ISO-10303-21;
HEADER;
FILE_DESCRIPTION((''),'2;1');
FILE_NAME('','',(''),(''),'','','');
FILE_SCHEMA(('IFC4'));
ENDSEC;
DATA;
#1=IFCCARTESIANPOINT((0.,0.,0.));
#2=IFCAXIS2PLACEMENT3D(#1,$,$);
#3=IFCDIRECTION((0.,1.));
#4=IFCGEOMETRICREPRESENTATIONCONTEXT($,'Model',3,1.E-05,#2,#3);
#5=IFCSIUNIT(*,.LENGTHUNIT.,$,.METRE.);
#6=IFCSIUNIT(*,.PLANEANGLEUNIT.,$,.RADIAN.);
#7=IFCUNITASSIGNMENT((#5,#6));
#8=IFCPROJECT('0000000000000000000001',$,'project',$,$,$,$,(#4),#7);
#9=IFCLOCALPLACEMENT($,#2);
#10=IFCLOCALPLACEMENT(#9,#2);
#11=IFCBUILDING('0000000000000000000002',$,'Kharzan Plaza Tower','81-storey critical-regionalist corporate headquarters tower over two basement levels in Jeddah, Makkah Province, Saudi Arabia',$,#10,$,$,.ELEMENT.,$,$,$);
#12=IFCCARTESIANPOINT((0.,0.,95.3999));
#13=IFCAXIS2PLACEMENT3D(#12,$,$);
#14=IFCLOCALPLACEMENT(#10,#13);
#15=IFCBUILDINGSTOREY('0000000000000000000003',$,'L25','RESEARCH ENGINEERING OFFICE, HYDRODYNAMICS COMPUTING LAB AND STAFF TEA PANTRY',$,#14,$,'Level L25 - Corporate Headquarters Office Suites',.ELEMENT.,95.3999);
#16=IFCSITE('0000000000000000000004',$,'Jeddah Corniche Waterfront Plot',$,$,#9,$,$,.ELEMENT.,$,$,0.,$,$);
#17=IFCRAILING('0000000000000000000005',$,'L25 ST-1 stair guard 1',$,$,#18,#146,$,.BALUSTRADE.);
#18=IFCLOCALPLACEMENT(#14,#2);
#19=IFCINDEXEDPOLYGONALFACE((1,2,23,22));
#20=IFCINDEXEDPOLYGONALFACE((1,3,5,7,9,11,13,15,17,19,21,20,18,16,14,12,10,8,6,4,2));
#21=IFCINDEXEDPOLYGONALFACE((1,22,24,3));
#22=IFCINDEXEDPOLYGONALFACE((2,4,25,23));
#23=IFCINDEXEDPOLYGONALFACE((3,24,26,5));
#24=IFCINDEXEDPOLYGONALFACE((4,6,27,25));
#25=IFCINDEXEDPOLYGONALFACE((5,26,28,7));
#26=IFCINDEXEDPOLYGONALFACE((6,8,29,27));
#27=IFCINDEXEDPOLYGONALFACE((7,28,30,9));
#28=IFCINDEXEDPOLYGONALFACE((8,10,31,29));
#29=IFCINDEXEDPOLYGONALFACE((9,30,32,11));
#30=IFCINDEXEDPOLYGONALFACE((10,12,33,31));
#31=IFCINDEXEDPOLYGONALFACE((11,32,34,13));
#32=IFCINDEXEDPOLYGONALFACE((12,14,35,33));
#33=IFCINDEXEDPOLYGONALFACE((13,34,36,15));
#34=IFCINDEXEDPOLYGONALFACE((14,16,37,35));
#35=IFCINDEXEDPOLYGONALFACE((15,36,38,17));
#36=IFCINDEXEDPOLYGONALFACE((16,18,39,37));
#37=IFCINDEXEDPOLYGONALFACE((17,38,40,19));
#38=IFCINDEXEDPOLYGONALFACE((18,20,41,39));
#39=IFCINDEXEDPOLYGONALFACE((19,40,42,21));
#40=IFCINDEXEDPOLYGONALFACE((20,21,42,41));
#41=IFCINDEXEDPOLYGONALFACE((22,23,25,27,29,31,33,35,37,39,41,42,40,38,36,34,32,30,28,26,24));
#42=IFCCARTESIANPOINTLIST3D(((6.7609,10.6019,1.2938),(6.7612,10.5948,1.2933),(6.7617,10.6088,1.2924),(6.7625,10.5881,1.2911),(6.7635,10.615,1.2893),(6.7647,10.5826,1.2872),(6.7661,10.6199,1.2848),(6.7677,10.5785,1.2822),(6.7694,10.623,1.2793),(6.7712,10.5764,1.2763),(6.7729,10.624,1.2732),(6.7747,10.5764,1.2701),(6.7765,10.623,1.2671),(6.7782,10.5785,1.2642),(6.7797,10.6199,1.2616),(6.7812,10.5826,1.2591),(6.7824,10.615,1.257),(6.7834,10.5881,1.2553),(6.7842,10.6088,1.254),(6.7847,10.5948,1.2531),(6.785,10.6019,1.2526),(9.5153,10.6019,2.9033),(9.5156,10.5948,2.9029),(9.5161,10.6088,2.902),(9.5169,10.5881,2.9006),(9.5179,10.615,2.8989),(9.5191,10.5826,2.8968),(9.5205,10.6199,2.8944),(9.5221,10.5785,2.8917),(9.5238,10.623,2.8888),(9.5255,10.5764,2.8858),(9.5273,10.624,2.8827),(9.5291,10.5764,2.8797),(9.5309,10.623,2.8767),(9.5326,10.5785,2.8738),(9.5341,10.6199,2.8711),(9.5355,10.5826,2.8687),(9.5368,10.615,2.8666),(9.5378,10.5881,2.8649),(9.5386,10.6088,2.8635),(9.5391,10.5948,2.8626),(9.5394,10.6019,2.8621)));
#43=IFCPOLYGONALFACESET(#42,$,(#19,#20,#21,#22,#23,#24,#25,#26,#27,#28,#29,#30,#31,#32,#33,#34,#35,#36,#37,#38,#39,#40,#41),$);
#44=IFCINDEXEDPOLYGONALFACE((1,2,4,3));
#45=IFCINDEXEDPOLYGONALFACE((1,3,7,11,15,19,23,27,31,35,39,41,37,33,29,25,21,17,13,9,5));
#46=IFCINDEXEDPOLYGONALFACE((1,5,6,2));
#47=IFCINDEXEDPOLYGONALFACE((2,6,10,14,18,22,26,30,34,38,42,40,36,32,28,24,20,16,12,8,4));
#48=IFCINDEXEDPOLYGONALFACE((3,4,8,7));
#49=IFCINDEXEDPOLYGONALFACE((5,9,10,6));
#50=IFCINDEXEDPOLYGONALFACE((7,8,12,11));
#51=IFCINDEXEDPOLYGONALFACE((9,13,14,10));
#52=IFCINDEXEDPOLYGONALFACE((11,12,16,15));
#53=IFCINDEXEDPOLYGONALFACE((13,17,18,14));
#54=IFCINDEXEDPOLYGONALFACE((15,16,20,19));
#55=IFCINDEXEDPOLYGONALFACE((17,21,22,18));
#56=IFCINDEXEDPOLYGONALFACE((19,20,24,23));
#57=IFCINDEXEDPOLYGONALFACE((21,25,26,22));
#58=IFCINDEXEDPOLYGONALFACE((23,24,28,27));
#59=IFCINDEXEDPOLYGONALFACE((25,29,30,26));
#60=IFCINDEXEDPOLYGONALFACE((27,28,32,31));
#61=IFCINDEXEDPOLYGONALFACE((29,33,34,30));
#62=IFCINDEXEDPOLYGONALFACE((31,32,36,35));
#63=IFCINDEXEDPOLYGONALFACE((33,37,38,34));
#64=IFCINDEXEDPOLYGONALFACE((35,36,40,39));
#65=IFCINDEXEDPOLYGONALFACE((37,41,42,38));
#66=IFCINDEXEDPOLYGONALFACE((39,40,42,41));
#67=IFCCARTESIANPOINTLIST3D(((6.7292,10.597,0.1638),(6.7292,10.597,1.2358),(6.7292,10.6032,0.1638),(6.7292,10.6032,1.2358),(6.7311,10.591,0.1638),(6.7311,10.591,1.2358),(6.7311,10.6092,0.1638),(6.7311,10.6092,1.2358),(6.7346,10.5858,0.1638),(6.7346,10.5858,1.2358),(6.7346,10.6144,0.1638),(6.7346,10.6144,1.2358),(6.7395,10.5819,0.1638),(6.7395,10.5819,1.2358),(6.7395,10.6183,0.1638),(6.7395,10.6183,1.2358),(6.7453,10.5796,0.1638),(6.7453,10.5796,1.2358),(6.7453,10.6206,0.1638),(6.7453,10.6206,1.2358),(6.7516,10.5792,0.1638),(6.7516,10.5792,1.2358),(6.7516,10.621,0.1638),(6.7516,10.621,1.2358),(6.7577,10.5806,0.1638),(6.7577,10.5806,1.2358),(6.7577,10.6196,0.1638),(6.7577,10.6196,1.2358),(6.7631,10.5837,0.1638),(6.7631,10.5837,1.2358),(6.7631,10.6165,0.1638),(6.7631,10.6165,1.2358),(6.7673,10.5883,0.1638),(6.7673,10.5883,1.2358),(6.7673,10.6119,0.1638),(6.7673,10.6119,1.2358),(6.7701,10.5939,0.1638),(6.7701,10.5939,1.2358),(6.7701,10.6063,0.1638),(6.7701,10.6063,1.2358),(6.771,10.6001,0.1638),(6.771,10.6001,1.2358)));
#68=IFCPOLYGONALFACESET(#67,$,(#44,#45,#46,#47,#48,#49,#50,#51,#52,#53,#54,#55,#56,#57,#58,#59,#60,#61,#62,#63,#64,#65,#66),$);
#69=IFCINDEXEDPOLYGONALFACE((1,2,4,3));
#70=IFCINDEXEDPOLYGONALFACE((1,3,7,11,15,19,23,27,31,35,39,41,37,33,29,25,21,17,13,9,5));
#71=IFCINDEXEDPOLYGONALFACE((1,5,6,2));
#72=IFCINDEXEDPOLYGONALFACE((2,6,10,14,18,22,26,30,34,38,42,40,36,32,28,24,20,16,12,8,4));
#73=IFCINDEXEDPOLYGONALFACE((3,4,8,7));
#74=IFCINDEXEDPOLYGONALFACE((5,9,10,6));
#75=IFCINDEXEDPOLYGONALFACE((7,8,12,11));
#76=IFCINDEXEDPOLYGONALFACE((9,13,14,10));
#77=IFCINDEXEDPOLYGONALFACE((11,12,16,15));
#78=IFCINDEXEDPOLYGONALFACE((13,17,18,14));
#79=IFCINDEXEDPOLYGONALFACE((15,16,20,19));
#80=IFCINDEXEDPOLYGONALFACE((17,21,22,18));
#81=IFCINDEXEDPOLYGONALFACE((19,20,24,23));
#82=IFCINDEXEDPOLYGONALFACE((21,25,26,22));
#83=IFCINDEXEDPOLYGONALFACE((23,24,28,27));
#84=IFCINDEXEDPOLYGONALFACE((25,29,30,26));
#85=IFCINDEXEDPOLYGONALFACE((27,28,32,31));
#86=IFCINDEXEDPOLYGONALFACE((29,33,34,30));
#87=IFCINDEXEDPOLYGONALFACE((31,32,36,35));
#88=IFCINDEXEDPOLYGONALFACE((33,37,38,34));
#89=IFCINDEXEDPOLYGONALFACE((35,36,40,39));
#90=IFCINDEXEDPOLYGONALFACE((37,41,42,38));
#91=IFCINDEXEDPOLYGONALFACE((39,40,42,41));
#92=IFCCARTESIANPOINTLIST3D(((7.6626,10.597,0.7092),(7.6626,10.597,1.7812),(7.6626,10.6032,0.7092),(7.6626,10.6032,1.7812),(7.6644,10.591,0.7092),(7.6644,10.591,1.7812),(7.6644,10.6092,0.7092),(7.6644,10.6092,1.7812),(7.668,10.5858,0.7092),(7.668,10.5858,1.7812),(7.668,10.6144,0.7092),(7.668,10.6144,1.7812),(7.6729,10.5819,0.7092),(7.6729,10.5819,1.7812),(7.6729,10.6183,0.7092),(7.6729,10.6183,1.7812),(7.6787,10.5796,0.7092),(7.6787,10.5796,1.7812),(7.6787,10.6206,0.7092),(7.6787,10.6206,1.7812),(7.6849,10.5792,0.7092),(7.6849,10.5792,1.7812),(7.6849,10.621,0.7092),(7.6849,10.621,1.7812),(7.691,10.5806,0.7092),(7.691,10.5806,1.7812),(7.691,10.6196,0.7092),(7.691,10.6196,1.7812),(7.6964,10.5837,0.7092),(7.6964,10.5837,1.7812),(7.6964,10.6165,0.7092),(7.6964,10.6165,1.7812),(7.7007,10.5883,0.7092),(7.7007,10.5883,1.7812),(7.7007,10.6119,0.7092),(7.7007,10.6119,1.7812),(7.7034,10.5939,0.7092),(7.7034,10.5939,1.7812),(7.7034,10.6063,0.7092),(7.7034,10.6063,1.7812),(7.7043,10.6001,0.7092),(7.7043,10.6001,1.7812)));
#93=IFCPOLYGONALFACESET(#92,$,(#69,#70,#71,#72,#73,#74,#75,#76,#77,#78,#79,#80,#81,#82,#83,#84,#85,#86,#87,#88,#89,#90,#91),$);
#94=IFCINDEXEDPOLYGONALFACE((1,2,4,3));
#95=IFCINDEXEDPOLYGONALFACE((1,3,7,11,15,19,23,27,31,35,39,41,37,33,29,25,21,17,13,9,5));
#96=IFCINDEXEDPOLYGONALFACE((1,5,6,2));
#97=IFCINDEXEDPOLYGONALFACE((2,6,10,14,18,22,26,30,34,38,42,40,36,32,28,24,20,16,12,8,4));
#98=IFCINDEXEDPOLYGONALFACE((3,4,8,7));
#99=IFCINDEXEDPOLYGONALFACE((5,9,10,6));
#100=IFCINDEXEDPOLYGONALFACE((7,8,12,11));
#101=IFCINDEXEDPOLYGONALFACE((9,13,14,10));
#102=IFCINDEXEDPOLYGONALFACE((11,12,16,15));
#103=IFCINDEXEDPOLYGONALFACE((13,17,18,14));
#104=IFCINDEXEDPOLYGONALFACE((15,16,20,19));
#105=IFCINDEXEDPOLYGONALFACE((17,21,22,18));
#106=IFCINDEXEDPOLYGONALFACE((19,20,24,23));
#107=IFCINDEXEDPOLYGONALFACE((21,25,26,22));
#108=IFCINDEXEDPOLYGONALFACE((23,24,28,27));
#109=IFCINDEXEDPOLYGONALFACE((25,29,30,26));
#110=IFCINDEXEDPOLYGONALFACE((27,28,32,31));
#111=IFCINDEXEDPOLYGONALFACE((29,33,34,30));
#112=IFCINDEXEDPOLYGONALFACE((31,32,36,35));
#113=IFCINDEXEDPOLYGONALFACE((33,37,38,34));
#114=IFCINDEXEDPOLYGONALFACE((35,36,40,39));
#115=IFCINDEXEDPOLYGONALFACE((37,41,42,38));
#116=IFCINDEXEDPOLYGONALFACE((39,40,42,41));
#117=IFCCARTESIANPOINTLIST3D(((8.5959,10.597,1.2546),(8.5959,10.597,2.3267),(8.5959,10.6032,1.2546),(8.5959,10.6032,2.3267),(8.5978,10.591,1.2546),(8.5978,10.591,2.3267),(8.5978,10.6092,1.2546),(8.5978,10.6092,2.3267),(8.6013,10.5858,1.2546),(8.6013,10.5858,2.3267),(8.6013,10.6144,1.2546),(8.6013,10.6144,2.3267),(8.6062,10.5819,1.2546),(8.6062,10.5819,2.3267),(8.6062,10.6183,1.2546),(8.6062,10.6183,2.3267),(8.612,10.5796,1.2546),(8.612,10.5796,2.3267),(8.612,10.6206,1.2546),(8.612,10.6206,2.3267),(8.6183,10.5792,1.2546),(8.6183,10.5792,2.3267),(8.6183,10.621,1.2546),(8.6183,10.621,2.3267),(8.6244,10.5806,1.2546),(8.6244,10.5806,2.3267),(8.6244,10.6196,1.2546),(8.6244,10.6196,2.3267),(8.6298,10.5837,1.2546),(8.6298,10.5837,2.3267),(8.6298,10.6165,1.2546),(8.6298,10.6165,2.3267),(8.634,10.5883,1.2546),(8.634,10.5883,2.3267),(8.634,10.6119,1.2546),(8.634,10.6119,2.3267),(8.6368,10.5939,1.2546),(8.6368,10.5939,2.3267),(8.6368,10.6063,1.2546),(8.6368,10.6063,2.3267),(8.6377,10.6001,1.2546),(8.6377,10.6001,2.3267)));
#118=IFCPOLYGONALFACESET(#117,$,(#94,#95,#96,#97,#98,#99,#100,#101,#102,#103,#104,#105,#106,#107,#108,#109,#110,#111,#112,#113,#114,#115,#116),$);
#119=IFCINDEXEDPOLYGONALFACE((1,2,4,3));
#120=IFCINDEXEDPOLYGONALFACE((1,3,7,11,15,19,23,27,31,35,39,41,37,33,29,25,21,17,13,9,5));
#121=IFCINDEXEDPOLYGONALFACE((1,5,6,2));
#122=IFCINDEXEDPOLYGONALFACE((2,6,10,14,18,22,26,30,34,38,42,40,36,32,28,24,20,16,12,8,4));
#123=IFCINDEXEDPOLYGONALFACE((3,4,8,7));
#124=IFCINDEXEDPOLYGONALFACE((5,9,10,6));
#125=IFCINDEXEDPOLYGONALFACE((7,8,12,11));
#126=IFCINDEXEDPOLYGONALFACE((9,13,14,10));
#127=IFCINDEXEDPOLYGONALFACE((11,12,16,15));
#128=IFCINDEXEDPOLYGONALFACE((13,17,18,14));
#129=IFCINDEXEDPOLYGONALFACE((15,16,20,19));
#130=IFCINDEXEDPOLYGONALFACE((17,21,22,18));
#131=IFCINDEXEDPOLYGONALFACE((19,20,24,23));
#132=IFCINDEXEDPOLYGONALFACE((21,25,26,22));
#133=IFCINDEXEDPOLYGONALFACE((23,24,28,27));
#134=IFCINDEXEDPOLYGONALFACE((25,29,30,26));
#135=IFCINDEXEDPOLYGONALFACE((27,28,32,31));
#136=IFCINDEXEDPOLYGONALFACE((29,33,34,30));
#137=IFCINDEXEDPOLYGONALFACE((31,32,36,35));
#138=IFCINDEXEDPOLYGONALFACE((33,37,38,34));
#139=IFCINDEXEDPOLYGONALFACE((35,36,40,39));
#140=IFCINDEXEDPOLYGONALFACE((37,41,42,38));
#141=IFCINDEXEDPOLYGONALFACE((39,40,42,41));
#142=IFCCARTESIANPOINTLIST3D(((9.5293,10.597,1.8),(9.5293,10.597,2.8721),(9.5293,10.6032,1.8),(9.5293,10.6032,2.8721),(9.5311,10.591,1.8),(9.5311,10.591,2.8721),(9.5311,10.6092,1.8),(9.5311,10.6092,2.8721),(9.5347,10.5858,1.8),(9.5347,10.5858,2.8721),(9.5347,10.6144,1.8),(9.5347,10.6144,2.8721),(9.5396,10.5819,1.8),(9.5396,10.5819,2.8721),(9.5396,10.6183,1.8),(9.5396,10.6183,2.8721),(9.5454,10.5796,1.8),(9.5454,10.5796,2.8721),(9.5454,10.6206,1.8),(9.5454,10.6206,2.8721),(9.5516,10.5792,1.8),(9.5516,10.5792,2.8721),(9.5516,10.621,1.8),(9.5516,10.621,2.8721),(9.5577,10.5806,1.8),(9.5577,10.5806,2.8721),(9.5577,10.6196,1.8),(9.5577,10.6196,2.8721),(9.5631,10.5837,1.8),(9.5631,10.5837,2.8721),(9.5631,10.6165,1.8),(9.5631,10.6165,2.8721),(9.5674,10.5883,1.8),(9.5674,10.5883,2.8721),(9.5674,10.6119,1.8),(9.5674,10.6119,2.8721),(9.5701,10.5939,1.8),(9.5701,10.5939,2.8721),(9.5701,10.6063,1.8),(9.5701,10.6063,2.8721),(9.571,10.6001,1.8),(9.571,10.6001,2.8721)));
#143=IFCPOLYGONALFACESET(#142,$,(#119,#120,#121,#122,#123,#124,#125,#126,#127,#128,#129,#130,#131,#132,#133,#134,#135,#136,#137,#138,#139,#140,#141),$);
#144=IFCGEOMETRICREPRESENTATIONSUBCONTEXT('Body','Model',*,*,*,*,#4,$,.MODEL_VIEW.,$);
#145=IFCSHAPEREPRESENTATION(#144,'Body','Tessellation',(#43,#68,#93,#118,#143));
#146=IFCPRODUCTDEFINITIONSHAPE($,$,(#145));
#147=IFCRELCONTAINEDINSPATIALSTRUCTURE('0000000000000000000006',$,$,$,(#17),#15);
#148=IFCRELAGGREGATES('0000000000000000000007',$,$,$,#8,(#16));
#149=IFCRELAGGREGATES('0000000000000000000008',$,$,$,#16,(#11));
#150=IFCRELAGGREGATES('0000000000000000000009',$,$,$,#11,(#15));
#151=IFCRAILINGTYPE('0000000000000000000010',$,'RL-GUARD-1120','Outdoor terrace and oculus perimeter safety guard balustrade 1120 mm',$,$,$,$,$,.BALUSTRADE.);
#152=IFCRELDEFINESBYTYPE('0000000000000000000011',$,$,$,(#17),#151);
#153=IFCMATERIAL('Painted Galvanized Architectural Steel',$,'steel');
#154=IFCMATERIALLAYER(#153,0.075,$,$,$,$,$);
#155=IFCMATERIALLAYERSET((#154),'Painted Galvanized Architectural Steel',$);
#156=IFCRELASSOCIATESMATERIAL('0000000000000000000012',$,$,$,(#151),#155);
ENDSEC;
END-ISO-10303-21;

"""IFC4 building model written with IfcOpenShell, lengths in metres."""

from ifc_helpers import new_model, si_unit, direction, frame, origin, origin_2d, place, context, subcontext, project, spatial, circle, extrude, source, transform, mapped, material, layer, layer_set, type_object, element, save


model = new_model("IFC4")

# Units and contexts
model_context = context("Model", 3, precision=1e-05, world=origin(), true_north=direction((0.0, 1.0)))
body_context = subcontext(model_context, "Body", "Model", "MODEL_VIEW")
ifc_project = project(units=[si_unit("LENGTHUNIT", "METRE"), si_unit("PLANEANGLEUNIT", "RADIAN")], contexts=[model_context])

# Site, building, storey
site_placement = place(None, origin())
site = spatial("IfcSite", under=ifc_project, at=site_placement, Name="Jeddah Corniche Waterfront Plot", CompositionType="ELEMENT", RefElevation=0.0)
building_placement = place(site_placement, origin())
building = spatial("IfcBuilding", under=site, at=building_placement, Name="Kharzan Plaza Tower", Description="81-storey critical-regionalist corporate headquarters tower over two basement levels in Jeddah, Makkah Province, Saudi Arabia", CompositionType="ELEMENT")
storey_placement = place(building_placement, frame((0.0, 0.0, 95.3999)))
storey = spatial("IfcBuildingStorey", under=building, at=storey_placement, Name="L25", Description="RESEARCH ENGINEERING OFFICE, HYDRODYNAMICS COMPUTING LAB AND STAFF TEA PANTRY", LongName="Level L25 - Corporate Headquarters Office Suites", CompositionType="ELEMENT", Elevation=95.3999)

# Railing
ifc_material_1 = material(Name="Painted Galvanized Architectural Steel", Category="steel")
ifc_layer_1 = layer(ifc_material_1, 0.075)
ifc_layer_set_1 = layer_set([ifc_layer_1], Name="Painted Galvanized Architectural Steel")
railing_type_1 = type_object("IfcRailingType", Name="RL-GUARD-1120", Description="Outdoor terrace and oculus perimeter safety guard balustrade 1120 mm", PredefinedType="BALUSTRADE", material=ifc_layer_set_1)
shared_shape_1 = source(origin(), body_context, "Body", "SweptSolid", [
    extrude(circle(Radius=0.0239, at=origin_2d()), frame((0.0229, 0.0, 1.1094), z_axis=(0.863394, 0.0, 0.504531), x_axis=(0.0, 1.0, 0.0)), (0.0, 0.0, 1.0), 3.1902),
    extrude(circle(Radius=0.021, at=origin_2d()), origin(), (0.0, 0.0, 1.0), 1.072),
    extrude(circle(Radius=0.021, at=origin_2d()), frame((0.9333, 0.0, 0.5454)), (0.0, 0.0, 1.0), 1.072),
    extrude(circle(Radius=0.021, at=origin_2d()), frame((1.8667, 0.0, 1.0908)), (0.0, 0.0, 1.0), 1.072),
    extrude(circle(Radius=0.021, at=origin_2d()), frame((2.8, 0.0, 1.6362)), (0.0, 0.0, 1.0), 1.072),
])
railing_1_placement = place(storey_placement, frame((6.75, 10.6001, 0.1638)))
element("IfcRailing", 1, at=railing_1_placement, inside=storey, type_object=railing_type_1, Name="L25 ST-1 stair guard 1", PredefinedType="BALUSTRADE", context=body_context, shape_type="MappedRepresentation", body=[
    mapped(shared_shape_1, transform((0.0, 0.0, 0.0), x_axis=(1.0, 0.0, 0.0), y_axis=(0.0, 1.0, 0.0), z_axis=(0.0, 0.0, 1.0))),
])

save(model, "model.ifc")
